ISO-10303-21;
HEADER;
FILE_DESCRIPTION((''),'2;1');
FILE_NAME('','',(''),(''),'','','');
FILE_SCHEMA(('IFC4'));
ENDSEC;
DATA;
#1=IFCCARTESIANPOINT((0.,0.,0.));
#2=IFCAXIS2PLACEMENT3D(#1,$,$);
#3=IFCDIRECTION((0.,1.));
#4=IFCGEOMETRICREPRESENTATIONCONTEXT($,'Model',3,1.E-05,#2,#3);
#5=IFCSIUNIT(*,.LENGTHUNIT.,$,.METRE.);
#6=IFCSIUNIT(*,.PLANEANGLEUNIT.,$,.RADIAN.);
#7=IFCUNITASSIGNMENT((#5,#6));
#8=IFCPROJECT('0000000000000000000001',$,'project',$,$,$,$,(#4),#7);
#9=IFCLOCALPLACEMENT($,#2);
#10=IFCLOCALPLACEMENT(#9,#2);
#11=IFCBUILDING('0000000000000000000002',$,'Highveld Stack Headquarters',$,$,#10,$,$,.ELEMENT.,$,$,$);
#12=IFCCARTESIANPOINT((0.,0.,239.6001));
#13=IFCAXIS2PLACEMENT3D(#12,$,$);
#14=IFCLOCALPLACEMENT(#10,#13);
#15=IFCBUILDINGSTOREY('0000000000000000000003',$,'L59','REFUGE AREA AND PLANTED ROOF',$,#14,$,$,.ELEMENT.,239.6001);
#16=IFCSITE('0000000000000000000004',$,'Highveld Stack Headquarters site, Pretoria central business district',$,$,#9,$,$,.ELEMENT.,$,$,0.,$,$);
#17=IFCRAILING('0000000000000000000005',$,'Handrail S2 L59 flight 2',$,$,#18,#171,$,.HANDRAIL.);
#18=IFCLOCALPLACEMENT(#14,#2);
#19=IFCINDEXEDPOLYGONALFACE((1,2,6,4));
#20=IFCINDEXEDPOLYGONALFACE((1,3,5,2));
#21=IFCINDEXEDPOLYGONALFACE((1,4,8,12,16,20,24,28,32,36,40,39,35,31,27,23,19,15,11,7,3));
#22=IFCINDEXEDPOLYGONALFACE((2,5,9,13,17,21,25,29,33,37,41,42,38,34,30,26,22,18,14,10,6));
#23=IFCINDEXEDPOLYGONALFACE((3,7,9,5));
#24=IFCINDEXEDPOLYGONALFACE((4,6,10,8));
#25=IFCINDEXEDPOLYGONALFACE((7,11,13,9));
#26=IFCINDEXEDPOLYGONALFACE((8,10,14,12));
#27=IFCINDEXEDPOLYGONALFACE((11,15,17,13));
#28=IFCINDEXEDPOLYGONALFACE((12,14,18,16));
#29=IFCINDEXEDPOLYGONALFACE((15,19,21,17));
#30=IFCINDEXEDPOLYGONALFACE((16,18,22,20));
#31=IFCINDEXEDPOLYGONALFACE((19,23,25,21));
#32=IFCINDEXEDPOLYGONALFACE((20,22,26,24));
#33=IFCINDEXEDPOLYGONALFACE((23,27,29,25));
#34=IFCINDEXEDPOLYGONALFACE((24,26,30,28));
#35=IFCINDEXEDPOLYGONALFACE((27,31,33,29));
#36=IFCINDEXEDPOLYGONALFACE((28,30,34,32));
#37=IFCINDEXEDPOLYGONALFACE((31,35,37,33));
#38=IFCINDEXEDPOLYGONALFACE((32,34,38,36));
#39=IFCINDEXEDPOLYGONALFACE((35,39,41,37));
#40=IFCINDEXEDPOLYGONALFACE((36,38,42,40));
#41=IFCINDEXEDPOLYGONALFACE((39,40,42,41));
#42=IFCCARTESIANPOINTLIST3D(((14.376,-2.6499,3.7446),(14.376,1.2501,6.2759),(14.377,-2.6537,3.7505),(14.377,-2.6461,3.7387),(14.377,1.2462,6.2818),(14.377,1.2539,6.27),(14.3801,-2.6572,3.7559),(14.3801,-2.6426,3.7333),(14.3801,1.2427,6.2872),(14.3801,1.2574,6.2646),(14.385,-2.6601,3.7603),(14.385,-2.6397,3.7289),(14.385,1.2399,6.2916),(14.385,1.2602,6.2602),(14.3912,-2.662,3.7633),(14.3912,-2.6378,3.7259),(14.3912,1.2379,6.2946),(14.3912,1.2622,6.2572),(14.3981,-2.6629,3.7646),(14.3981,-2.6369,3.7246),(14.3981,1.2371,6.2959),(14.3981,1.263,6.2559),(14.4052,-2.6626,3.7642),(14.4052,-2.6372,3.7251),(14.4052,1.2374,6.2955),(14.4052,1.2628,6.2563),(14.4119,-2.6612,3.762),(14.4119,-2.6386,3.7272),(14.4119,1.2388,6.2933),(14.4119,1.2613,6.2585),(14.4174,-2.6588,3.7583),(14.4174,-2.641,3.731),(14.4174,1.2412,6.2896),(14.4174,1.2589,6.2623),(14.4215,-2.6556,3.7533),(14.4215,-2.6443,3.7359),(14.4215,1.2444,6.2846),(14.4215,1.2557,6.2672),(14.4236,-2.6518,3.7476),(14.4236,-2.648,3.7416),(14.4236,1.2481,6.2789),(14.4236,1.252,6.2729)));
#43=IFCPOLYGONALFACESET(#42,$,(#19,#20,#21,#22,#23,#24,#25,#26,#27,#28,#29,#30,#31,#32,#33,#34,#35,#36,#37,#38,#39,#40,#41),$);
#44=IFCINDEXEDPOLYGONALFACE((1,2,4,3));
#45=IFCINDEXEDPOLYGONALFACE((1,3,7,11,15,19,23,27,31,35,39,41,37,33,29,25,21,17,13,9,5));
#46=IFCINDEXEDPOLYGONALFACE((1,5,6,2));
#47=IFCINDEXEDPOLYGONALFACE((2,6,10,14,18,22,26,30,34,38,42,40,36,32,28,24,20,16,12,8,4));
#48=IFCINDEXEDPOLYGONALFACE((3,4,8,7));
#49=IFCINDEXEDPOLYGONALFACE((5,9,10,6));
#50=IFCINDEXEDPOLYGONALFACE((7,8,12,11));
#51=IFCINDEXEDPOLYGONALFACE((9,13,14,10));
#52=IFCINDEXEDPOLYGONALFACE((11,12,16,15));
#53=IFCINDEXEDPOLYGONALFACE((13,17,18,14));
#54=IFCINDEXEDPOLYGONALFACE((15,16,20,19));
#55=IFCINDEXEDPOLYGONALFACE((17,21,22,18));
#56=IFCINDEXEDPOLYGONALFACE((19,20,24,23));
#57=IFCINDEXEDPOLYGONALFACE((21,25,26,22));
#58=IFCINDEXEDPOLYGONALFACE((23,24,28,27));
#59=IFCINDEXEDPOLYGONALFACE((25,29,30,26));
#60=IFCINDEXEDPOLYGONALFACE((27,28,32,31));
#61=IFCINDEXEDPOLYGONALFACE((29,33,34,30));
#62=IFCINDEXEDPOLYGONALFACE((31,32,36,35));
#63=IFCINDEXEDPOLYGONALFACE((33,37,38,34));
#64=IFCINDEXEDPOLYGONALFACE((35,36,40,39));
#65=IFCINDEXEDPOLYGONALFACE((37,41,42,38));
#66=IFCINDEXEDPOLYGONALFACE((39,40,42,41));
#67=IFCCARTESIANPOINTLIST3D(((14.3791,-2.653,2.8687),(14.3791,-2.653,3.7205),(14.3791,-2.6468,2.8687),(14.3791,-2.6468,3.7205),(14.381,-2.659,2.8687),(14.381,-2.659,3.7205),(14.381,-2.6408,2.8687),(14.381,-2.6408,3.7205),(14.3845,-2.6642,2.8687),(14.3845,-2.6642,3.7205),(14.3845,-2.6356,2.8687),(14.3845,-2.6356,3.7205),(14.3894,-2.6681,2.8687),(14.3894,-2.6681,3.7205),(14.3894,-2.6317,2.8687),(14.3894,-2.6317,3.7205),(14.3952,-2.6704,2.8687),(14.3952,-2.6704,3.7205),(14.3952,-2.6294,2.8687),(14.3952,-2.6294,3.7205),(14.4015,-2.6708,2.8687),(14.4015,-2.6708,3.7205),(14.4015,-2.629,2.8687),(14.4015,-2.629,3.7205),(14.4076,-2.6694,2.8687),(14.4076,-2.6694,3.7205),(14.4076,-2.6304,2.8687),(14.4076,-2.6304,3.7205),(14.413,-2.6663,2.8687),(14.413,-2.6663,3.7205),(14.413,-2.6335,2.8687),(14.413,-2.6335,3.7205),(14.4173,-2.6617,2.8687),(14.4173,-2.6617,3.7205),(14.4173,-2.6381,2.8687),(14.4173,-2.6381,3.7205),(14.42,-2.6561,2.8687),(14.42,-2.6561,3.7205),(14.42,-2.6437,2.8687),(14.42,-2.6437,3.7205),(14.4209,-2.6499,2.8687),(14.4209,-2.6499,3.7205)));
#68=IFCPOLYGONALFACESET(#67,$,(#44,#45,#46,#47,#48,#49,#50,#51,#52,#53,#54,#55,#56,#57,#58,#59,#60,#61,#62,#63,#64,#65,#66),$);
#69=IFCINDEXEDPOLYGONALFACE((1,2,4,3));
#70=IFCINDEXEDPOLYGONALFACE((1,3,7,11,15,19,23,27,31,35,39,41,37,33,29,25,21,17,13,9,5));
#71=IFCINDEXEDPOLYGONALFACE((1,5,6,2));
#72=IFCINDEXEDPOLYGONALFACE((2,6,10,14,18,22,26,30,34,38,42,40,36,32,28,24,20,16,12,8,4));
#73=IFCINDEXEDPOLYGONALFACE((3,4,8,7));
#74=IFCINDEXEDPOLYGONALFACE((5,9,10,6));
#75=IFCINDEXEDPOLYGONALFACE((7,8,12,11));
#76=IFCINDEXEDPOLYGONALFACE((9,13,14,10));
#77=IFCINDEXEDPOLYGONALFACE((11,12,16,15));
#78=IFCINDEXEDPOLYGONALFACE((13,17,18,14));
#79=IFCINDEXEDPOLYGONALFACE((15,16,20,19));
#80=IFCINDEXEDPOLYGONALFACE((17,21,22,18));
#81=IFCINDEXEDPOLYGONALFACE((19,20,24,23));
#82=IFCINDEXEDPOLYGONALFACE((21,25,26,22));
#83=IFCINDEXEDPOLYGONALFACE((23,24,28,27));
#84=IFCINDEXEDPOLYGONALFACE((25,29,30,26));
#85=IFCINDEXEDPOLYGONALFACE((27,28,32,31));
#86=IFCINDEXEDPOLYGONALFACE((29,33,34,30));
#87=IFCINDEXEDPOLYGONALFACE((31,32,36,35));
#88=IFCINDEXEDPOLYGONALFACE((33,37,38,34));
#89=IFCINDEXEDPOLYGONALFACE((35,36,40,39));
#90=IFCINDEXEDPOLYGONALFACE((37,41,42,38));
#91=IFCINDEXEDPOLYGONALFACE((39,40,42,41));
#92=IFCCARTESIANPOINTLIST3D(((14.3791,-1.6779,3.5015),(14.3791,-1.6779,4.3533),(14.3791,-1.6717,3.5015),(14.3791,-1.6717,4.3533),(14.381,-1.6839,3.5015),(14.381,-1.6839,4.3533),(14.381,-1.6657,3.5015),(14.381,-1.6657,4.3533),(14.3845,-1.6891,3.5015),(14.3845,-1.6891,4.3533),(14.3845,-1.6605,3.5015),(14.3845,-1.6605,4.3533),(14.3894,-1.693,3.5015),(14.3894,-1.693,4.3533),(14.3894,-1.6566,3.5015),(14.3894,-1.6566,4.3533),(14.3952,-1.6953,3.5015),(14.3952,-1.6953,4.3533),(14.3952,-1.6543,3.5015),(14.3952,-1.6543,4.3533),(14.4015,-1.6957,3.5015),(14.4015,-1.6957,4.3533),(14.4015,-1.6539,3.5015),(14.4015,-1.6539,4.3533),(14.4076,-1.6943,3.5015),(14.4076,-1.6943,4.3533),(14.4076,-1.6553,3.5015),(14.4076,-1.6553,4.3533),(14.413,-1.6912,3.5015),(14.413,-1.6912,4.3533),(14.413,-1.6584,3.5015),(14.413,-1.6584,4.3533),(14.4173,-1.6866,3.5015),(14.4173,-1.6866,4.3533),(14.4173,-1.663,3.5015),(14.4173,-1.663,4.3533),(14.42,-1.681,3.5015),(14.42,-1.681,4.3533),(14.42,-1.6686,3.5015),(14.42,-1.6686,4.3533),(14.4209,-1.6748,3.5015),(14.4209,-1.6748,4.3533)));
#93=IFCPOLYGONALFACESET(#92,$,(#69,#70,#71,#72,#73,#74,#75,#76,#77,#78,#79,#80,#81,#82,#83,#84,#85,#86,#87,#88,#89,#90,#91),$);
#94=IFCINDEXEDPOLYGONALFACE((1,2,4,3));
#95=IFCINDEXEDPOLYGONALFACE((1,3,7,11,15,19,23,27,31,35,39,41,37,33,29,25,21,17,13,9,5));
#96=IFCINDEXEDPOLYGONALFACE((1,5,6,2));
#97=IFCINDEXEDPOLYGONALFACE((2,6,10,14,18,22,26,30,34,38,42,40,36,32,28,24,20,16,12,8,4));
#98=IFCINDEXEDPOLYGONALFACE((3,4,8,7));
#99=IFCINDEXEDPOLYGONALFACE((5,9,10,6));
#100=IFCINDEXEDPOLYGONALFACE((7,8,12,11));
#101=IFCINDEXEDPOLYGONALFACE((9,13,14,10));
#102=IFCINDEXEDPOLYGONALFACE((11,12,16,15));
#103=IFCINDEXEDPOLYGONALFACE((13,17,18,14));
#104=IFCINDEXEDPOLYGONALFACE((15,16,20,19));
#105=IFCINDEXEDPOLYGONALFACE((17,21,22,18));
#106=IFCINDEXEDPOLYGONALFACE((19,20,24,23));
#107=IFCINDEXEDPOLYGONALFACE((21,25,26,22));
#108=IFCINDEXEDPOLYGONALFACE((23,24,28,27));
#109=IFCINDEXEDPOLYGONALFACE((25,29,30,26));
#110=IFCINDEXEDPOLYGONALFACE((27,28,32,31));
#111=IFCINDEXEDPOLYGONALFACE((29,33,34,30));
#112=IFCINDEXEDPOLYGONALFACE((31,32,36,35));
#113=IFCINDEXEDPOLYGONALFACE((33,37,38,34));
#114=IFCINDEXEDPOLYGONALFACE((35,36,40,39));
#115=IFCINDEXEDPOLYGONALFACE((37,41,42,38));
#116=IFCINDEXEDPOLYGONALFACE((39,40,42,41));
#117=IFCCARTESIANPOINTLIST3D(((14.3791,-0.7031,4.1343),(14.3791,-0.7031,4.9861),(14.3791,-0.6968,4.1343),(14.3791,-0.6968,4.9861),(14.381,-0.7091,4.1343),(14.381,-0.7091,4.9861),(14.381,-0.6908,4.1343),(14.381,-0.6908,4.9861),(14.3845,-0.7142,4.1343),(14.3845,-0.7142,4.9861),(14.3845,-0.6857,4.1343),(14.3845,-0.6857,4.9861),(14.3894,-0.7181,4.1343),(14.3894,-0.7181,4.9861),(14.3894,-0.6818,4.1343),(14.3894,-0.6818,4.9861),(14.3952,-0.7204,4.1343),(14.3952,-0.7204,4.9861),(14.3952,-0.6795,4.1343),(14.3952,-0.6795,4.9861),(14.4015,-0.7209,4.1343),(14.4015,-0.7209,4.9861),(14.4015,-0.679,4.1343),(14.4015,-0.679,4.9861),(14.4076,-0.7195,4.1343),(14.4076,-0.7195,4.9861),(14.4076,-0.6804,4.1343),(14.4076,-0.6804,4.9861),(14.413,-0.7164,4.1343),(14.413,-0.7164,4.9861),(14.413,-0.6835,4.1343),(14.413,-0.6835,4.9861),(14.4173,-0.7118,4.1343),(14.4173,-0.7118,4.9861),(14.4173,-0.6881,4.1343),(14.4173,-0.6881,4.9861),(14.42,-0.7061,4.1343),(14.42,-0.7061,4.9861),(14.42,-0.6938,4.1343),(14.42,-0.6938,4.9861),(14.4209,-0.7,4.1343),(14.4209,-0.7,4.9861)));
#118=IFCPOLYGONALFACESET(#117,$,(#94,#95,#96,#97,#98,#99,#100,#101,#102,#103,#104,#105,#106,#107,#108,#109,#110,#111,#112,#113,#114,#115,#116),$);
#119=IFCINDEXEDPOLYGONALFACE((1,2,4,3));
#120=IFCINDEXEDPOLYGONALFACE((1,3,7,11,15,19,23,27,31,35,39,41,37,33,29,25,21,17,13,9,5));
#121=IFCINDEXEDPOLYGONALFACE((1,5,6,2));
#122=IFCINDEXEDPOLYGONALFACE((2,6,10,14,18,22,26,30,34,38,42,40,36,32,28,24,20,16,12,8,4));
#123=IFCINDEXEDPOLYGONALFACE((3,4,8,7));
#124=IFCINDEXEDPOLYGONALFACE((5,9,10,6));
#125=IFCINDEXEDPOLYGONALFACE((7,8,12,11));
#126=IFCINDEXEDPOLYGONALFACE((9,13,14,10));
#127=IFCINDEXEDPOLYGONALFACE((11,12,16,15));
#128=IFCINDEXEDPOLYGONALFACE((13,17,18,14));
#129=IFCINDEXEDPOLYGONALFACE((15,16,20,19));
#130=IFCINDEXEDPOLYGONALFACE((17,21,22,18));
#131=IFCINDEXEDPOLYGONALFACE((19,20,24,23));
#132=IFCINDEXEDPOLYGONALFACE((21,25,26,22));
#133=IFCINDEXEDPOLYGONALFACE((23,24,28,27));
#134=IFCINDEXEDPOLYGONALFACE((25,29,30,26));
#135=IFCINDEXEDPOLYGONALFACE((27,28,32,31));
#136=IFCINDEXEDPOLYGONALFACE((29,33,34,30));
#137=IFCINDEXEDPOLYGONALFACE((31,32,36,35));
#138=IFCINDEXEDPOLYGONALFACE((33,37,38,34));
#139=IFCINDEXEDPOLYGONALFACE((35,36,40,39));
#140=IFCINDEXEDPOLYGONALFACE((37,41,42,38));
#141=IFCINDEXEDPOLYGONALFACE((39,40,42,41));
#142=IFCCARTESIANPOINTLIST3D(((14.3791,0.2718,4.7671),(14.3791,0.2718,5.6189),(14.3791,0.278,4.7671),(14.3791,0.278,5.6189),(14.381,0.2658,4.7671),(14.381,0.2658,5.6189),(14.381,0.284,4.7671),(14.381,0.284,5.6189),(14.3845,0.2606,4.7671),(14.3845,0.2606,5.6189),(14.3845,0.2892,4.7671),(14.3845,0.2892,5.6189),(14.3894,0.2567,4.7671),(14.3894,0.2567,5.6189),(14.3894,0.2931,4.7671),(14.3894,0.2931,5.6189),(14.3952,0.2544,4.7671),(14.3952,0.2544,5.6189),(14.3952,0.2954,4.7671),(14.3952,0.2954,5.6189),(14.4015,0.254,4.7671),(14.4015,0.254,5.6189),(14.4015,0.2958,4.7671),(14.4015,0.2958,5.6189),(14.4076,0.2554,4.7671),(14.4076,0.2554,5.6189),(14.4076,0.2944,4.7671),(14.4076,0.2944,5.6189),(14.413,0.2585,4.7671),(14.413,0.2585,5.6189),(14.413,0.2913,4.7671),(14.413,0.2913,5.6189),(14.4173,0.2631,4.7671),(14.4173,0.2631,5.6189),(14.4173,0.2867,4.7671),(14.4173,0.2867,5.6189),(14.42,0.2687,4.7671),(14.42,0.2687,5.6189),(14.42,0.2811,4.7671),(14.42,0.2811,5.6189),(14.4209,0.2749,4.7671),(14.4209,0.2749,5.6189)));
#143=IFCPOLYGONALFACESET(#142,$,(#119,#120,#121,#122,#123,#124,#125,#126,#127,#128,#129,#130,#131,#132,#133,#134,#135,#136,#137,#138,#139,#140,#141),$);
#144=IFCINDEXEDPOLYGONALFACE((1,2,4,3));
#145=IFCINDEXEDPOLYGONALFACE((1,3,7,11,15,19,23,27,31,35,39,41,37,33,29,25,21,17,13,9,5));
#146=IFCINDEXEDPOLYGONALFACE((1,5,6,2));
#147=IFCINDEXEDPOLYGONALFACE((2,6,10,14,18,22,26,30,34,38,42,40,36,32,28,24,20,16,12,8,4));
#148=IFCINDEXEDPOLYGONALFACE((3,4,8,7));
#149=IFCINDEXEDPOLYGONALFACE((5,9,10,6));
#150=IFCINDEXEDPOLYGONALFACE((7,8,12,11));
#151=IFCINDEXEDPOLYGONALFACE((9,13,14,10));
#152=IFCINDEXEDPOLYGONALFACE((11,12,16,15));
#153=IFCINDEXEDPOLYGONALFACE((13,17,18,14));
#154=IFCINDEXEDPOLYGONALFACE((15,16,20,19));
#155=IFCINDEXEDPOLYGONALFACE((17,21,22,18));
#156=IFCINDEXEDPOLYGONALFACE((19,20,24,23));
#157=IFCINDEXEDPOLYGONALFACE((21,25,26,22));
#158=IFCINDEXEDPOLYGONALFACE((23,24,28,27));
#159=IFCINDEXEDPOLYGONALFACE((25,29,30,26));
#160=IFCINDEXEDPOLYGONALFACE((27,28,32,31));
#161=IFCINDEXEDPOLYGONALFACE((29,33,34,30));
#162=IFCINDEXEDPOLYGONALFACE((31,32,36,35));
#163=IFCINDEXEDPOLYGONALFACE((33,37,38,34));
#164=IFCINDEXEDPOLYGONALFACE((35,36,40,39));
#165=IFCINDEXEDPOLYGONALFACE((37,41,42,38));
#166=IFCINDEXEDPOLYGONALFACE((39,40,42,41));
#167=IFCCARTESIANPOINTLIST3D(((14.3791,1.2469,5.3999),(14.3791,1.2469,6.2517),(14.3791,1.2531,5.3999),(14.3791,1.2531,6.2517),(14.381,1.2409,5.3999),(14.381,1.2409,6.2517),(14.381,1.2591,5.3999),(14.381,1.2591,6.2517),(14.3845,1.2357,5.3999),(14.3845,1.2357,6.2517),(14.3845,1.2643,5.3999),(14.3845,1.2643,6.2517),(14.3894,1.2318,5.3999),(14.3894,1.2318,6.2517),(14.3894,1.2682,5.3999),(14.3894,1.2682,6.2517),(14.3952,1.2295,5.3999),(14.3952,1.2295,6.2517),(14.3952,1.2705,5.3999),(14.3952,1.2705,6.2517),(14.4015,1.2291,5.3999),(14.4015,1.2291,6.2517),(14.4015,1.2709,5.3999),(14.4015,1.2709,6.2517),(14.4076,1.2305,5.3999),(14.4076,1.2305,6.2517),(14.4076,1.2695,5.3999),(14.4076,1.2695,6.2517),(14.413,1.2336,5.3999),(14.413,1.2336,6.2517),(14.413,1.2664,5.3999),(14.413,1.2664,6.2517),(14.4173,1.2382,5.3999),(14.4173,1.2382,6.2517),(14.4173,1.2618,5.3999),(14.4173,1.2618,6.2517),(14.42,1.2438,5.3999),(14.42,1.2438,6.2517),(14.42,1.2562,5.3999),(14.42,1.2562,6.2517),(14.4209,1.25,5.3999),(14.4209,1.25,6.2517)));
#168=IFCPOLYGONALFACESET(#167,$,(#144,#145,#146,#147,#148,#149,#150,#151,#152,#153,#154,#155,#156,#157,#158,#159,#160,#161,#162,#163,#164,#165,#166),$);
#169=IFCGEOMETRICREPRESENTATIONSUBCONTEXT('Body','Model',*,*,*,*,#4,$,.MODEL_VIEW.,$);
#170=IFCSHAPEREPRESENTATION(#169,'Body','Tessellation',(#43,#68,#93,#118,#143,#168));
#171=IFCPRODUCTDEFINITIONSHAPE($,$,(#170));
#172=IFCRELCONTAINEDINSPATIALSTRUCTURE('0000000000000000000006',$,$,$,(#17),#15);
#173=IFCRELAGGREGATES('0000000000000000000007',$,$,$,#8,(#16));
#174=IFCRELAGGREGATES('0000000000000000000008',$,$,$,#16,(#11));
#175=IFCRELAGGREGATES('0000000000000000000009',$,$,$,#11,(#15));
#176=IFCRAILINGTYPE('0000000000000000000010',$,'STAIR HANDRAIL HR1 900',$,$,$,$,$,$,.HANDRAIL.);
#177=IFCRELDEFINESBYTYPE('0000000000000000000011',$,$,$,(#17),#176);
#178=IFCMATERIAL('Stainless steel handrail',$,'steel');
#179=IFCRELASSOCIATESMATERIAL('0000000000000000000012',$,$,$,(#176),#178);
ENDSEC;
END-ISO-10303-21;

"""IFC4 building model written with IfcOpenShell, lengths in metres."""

from ifc_helpers import new_model, si_unit, direction, frame, origin, origin_2d, place, context, subcontext, project, spatial, circle, extrude, material, type_object, element, save


model = new_model("IFC4")

# Units and contexts
model_context = context("Model", 3, precision=1e-05, world=origin(), true_north=direction((0.0, 1.0)))
body_context = subcontext(model_context, "Body", "Model", "MODEL_VIEW")
ifc_project = project(units=[si_unit("LENGTHUNIT", "METRE"), si_unit("PLANEANGLEUNIT", "RADIAN")], contexts=[model_context])

# Site, building, storey
site_placement = place(None, origin())
site = spatial("IfcSite", under=ifc_project, at=site_placement, Name="Highveld Stack Headquarters site, Pretoria central business district", CompositionType="ELEMENT", RefElevation=0.0)
building_placement = place(site_placement, origin())
building = spatial("IfcBuilding", under=site, at=building_placement, Name="Highveld Stack Headquarters", CompositionType="ELEMENT")
storey_placement = place(building_placement, frame((0.0, 0.0, 239.6001)))
storey = spatial("IfcBuildingStorey", under=building, at=storey_placement, Name="L59", Description="REFUGE AREA AND PLANTED ROOF", CompositionType="ELEMENT", Elevation=239.6001)

# Railing
ifc_material_1 = material(Name="Stainless steel handrail", Category="steel")
railing_type = type_object("IfcRailingType", Name="STAIR HANDRAIL HR1 900", PredefinedType="HANDRAIL", material=ifc_material_1)
for number, where, name in (
    (1, (14.3999, -2.6499, 2.8687), "Handrail S2 L59 flight 2"),
):
    element("IfcRailing", number, at=place(storey_placement, frame(where)), inside=storey, type_object=railing_type, Name=name, PredefinedType="HANDRAIL", context=body_context, shape_type="SweptSolid", body=[
        extrude(circle(Radius=0.0239, at=origin_2d()), frame((0.0, 0.0, 0.876), z_axis=(0.0, 0.838806, 0.544431), x_axis=(-1.0, 0.0, 0.0)), (0.0, 0.0, 1.0), 4.6494),
        extrude(circle(Radius=0.021, at=origin_2d()), origin(), (0.0, 0.0, 1.0), 0.8518),
        extrude(circle(Radius=0.021, at=origin_2d()), frame((0.0, 0.9751, 0.6328)), (0.0, 0.0, 1.0), 0.8518),
        extrude(circle(Radius=0.021, at=origin_2d()), frame((0.0, 1.95, 1.2656)), (0.0, 0.0, 1.0), 0.8518),
        extrude(circle(Radius=0.021, at=origin_2d()), frame((0.0, 2.9248, 1.8984)), (0.0, 0.0, 1.0), 0.8518),
        extrude(circle(Radius=0.021, at=origin_2d()), frame((0.0, 3.8999, 2.5312)), (0.0, 0.0, 1.0), 0.8518),
    ])

save(model, "model.ifc")
